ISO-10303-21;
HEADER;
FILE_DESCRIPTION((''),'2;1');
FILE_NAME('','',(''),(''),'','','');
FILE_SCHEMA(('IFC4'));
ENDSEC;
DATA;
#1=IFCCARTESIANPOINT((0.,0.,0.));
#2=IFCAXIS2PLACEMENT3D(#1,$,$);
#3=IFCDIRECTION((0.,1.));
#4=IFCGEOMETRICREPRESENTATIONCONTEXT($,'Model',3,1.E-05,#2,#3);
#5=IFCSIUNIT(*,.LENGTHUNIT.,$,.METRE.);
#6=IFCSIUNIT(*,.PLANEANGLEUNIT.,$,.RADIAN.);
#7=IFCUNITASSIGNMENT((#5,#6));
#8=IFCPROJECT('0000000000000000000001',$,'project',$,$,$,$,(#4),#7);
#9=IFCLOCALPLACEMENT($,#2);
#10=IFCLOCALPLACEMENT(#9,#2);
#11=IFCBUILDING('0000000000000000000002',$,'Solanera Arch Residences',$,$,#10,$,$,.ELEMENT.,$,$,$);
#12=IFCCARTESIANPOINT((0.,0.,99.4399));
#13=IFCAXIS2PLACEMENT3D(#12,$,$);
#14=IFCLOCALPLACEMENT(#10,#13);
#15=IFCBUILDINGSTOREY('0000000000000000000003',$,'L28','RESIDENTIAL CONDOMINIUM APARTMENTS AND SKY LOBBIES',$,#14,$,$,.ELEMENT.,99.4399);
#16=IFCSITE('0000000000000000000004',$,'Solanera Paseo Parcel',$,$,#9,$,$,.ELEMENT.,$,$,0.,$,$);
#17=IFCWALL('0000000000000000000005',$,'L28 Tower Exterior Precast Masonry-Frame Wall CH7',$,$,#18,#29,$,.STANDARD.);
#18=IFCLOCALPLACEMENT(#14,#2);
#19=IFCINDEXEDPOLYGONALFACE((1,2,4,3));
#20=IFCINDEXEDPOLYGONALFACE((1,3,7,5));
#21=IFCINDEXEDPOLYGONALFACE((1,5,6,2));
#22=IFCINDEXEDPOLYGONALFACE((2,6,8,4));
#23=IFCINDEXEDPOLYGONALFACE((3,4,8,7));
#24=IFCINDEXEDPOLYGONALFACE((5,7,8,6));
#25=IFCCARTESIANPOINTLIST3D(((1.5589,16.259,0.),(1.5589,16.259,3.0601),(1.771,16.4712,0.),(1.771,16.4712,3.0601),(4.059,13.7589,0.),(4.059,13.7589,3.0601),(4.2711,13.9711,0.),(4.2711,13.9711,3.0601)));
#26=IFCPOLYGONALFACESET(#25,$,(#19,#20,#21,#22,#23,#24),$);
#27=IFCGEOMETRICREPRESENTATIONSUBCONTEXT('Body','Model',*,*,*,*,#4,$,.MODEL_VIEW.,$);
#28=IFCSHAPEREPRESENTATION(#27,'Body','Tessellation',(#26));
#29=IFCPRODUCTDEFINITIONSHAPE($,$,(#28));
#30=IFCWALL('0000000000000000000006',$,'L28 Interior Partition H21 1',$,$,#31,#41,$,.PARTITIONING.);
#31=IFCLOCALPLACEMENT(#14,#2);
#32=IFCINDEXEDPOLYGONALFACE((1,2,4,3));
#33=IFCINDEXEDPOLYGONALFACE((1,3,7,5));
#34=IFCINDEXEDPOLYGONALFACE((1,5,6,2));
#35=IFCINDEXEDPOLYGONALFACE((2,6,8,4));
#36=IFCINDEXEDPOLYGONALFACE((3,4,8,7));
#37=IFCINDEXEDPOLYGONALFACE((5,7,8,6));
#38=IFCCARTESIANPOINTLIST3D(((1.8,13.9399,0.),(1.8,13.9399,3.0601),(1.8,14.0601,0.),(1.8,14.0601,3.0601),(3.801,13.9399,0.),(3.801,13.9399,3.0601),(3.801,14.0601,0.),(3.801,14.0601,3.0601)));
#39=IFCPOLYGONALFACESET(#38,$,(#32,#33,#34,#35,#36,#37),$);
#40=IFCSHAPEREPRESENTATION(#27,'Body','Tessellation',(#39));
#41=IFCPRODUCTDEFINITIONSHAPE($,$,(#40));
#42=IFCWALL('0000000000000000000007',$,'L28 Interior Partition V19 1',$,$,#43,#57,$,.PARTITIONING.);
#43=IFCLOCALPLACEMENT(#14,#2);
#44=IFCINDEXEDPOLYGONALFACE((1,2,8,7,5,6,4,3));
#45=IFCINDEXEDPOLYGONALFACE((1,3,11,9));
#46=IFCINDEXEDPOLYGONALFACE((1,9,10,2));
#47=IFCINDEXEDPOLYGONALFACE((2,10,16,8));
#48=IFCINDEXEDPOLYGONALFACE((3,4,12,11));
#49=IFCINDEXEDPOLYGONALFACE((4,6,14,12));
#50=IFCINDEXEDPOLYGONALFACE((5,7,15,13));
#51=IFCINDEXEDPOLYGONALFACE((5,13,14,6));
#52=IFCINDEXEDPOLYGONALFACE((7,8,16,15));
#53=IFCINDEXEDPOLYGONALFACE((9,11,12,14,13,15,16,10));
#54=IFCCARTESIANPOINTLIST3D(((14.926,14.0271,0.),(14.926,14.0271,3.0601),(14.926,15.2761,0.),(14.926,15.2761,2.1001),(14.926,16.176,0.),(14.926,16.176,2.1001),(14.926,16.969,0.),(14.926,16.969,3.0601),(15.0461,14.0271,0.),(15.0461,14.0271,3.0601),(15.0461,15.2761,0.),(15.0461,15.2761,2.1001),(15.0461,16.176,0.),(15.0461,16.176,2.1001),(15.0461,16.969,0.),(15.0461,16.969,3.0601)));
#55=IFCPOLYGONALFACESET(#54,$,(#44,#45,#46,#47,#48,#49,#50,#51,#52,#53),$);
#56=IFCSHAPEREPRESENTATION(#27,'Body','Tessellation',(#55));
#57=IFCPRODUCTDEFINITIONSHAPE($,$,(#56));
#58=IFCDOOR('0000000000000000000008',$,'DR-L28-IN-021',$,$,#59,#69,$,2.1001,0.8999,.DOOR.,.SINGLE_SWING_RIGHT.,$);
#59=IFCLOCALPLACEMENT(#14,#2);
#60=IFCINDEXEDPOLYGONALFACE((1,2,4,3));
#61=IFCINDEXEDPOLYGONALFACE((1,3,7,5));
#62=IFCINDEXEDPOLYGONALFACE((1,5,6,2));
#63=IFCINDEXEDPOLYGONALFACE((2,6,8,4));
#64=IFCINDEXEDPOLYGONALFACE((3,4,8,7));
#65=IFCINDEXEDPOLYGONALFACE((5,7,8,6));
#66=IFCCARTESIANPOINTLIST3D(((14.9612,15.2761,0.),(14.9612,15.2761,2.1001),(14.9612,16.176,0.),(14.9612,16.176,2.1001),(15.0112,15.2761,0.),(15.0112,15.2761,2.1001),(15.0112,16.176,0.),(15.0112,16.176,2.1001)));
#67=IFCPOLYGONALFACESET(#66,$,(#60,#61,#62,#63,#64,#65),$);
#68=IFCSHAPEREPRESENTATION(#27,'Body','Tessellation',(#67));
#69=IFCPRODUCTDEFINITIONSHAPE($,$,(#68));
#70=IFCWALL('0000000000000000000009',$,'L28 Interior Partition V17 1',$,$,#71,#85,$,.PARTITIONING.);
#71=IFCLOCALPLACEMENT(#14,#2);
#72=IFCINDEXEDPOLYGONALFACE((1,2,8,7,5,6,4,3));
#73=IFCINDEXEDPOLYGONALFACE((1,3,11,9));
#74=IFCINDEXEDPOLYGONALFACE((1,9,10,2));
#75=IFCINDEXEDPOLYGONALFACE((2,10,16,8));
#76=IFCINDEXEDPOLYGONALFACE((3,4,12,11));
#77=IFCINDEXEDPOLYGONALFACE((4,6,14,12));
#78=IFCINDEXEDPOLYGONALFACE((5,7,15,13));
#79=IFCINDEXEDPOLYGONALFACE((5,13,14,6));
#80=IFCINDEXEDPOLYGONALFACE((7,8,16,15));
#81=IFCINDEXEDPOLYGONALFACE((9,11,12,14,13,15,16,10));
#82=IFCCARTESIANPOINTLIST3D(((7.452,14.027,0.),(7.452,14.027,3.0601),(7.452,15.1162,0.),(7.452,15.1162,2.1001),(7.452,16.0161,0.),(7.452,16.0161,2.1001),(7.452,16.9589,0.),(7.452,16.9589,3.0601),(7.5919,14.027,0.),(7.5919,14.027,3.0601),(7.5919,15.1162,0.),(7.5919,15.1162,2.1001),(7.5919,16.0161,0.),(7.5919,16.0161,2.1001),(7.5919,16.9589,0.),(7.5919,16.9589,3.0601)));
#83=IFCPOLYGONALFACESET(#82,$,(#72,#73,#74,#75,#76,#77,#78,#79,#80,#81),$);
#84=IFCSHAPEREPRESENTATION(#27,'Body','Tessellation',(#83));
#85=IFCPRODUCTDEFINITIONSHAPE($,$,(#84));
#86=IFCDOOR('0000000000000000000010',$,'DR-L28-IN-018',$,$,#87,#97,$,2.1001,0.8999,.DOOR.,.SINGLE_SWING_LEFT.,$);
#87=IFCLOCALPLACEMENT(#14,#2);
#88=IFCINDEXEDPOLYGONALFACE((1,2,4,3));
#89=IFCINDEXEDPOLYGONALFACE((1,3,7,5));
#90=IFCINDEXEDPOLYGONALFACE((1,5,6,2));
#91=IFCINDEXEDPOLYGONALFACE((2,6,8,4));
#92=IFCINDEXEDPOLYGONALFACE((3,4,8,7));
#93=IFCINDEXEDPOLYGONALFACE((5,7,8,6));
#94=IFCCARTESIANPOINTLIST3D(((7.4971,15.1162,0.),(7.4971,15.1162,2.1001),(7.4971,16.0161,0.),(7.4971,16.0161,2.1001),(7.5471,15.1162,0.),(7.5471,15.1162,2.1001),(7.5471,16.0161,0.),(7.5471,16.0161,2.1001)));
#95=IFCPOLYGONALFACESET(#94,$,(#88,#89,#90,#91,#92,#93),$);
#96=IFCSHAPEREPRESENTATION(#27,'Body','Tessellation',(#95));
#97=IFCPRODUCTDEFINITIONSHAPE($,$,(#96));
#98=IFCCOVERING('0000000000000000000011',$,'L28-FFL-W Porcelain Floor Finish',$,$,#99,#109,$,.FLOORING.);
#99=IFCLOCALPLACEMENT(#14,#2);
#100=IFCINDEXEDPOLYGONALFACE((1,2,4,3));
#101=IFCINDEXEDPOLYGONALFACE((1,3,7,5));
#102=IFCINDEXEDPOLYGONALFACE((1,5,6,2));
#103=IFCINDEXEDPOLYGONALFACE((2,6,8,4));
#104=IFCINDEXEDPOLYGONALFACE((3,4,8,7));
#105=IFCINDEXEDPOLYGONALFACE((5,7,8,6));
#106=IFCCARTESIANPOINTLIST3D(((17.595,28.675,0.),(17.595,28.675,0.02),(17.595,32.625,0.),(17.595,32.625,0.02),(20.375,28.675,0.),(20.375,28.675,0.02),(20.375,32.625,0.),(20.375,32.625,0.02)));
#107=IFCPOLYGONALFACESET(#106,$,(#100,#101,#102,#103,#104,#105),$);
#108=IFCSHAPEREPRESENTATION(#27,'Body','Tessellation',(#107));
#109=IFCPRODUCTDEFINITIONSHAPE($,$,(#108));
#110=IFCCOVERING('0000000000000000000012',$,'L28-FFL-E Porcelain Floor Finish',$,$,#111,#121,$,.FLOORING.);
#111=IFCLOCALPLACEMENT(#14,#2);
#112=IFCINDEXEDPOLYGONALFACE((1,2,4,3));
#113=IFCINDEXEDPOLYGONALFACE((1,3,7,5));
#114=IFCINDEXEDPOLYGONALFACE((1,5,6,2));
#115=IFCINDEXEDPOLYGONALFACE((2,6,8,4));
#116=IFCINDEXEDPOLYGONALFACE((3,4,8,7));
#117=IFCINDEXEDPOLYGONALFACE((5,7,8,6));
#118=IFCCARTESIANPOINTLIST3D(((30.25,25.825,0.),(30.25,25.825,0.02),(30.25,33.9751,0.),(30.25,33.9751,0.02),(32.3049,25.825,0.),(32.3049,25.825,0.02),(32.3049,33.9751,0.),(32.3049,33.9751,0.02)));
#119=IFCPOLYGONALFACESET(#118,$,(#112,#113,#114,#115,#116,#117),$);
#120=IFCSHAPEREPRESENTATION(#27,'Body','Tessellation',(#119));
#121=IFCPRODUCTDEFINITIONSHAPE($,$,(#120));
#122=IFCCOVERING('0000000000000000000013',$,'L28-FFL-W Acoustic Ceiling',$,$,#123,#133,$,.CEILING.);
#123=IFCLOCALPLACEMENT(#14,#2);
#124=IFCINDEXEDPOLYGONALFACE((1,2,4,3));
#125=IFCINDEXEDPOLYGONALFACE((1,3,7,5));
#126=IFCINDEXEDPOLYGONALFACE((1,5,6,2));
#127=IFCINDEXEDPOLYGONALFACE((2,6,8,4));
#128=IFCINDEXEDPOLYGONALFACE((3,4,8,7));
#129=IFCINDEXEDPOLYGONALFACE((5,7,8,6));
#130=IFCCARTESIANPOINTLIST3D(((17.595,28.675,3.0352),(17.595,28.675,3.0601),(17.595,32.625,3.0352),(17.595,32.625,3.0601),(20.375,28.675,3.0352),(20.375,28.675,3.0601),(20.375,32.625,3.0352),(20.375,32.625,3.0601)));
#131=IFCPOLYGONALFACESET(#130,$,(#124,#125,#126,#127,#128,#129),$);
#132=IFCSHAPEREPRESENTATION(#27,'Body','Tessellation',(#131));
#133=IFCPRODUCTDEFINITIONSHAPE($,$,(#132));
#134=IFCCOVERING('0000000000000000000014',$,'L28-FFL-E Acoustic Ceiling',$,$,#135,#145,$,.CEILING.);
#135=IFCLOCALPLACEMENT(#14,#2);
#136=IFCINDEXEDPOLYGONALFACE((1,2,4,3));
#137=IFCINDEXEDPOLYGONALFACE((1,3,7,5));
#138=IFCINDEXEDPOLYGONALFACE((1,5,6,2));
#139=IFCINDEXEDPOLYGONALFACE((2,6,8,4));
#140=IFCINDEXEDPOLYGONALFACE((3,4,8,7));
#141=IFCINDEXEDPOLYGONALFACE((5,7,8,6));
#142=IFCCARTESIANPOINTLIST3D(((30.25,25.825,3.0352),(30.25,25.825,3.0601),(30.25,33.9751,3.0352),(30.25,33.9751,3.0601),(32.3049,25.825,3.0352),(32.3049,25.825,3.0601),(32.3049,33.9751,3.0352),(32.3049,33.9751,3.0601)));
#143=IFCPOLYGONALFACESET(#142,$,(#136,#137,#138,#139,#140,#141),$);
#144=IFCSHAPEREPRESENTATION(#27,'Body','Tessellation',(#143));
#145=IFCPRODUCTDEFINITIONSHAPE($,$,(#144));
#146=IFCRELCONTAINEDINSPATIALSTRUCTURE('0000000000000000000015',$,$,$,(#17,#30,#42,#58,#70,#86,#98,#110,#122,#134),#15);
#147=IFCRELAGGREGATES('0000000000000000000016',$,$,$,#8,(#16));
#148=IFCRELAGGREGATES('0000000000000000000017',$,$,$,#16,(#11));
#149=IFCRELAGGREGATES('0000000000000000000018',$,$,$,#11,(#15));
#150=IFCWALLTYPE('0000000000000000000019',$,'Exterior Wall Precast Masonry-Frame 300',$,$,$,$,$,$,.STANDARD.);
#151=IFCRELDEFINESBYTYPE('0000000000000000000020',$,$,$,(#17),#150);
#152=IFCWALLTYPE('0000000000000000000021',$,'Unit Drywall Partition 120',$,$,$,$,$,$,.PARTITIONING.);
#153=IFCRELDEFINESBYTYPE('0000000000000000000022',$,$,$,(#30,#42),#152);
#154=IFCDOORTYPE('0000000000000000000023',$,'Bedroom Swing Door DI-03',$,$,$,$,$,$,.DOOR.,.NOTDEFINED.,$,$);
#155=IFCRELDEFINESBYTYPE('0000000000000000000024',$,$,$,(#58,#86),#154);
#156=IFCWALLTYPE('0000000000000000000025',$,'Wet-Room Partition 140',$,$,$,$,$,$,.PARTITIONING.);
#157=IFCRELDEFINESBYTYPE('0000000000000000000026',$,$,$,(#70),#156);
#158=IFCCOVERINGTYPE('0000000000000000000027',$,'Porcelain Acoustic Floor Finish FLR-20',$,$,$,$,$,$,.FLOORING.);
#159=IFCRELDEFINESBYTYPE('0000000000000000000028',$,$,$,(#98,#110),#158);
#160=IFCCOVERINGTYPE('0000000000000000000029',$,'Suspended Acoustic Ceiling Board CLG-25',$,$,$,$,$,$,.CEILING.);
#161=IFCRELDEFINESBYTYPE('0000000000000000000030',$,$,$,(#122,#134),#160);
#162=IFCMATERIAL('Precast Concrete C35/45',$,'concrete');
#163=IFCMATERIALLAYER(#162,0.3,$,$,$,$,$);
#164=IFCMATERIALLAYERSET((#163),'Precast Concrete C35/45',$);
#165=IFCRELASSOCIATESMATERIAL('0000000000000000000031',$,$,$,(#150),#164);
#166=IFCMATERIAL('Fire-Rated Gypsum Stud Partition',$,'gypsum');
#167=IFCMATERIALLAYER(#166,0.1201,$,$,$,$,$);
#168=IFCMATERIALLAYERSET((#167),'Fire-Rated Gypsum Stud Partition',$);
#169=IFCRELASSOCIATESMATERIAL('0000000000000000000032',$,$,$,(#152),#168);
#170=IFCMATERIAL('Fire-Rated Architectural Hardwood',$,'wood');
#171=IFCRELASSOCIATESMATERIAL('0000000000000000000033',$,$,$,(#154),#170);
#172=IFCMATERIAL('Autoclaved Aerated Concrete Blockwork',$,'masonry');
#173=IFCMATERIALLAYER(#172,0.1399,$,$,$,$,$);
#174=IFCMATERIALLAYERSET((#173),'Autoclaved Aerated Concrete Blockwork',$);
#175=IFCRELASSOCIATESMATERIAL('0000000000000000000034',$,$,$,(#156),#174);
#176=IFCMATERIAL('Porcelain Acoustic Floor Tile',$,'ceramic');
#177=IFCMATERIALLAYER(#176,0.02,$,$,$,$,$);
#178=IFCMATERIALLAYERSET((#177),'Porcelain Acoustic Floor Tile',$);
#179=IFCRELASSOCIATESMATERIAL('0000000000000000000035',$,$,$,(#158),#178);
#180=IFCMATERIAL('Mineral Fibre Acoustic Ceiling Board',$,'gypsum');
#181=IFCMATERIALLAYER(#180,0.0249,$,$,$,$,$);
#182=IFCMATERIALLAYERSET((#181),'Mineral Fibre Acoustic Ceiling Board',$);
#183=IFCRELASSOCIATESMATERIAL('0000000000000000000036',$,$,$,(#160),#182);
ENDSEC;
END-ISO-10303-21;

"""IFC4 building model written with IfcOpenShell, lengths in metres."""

from ifc_helpers import new_model, si_unit, direction, frame, frame_2d, origin, place, context, subcontext, project, spatial, polyline, rectangle, outline, extrude, material, layer, layer_set, type_object, element, fill, save


model = new_model("IFC4")

# Units and contexts
model_context = context("Model", 3, precision=1e-05, world=origin(), true_north=direction((0.0, 1.0)))
body_context = subcontext(model_context, "Body", "Model", "MODEL_VIEW")
ifc_project = project(units=[si_unit("LENGTHUNIT", "METRE"), si_unit("PLANEANGLEUNIT", "RADIAN")], contexts=[model_context])

# Site, building, storey
site_placement = place(None, origin())
site = spatial("IfcSite", under=ifc_project, at=site_placement, Name="Solanera Paseo Parcel", CompositionType="ELEMENT", RefElevation=0.0)
building_placement = place(site_placement, origin())
building = spatial("IfcBuilding", under=site, at=building_placement, Name="Solanera Arch Residences", CompositionType="ELEMENT")
storey_placement = place(building_placement, frame((0.0, 0.0, 99.4399)))
storey = spatial("IfcBuildingStorey", under=building, at=storey_placement, Name="L28", Description="RESIDENTIAL CONDOMINIUM APARTMENTS AND SKY LOBBIES", CompositionType="ELEMENT", Elevation=99.4399)

# Walls
ifc_material_1 = material(Name="Precast Concrete C35/45", Category="concrete")
ifc_layer_1 = layer(ifc_material_1, 0.3)
ifc_layer_set_1 = layer_set([ifc_layer_1], Name="Precast Concrete C35/45")
wall_type_1 = type_object("IfcWallType", Name="Exterior Wall Precast Masonry-Frame 300", PredefinedType="STANDARD", material=ifc_layer_set_1)
wall_1_placement = place(storey_placement, frame((4.165, 13.865, 0.0), z_axis=(0.0, 0.0, 1.0), x_axis=(-0.707107, 0.707107, 0.0)))
element("IfcWall", 1, at=wall_1_placement, inside=storey, type_object=wall_type_1, Name="L28 Tower Exterior Precast Masonry-Frame Wall CH7", PredefinedType="STANDARD", context=body_context, shape_type="SweptSolid", body=[
    extrude(rectangle(XDim=3.5356, YDim=0.3, at=frame_2d((1.7678, 0.0))), origin(), (0.0, 0.0, 1.0), 3.0601),
])
ifc_material_2 = material(Name="Fire-Rated Gypsum Stud Partition", Category="gypsum")
ifc_layer_2 = layer(ifc_material_2, 0.1201)
ifc_layer_set_2 = layer_set([ifc_layer_2], Name="Fire-Rated Gypsum Stud Partition")
wall_type_2 = type_object("IfcWallType", Name="Unit Drywall Partition 120", PredefinedType="PARTITIONING", material=ifc_layer_set_2)
wall_2_placement = place(storey_placement, frame((1.8, 14.0, 0.0), z_axis=(0.0, 0.0, 1.0), x_axis=(1.0, 0.0, 0.0)))
element("IfcWall", 2, at=wall_2_placement, inside=storey, type_object=wall_type_2, Name="L28 Interior Partition H21 1", PredefinedType="PARTITIONING", context=body_context, shape_type="SweptSolid", body=[
    extrude(rectangle(XDim=2.001, YDim=0.1201, at=frame_2d((1.0005, 0.0))), origin(), (0.0, 0.0, 1.0), 3.0601),
])

# Walls, openings, doors
wall_3_placement = place(storey_placement, frame((14.9861, 14.0271, 0.0), z_axis=(0.0, 0.0, 1.0), x_axis=(0.0, 1.0, 0.0)))
wall_3 = element("IfcWall", 3, at=wall_3_placement, inside=storey, type_object=wall_type_2, Name="L28 Interior Partition V19 1", PredefinedType="PARTITIONING", context=body_context, shape_type="SweptSolid", body=[
    extrude(rectangle(XDim=2.9419, YDim=0.1201, at=frame_2d((1.4709, 0.0))), origin(), (0.0, 0.0, 1.0), 3.0601),
])
opening_1_placement = place(wall_3_placement, frame((1.249, 0.0, 0.0)))
opening_1 = element("IfcOpeningElement", 4, at=opening_1_placement, cuts=wall_3, PredefinedType="OPENING", context=body_context, shape_type="SweptSolid", body=[
    extrude(rectangle(XDim=0.8999, YDim=2.1001, at=frame_2d((0.45, 1.05))), frame((0.0, 0.0701, 0.0), z_axis=(0.0, -1.0, 0.0), x_axis=(1.0, 0.0, 0.0)), (0.0, 0.0, 1.0), 0.1401),
])
ifc_material_3 = material(Name="Fire-Rated Architectural Hardwood", Category="wood")
door_type = type_object("IfcDoorType", Name="Bedroom Swing Door DI-03", OperationType="NOTDEFINED", PredefinedType="DOOR", material=ifc_material_3)
door_1_placement = place(opening_1_placement, origin())
door_1 = element("IfcDoor", 5, at=door_1_placement, inside=storey, type_object=door_type, Name="DR-L28-IN-021", OperationType="SINGLE_SWING_RIGHT", OverallHeight=2.1001, OverallWidth=0.8999, PredefinedType="DOOR", context=body_context, shape_type="SweptSolid", body=[
    extrude(rectangle(XDim=0.8999, YDim=2.1001, at=frame_2d((0.45, 1.05))), frame((0.0, 0.0249, 0.0), z_axis=(0.0, -1.0, 0.0), x_axis=(1.0, 0.0, 0.0)), (0.0, 0.0, 1.0), 0.05),
])
fill(opening_1, door_1)
ifc_material_4 = material(Name="Autoclaved Aerated Concrete Blockwork", Category="masonry")
ifc_layer_3 = layer(ifc_material_4, 0.1399)
ifc_layer_set_3 = layer_set([ifc_layer_3], Name="Autoclaved Aerated Concrete Blockwork")
wall_type_3 = type_object("IfcWallType", Name="Wet-Room Partition 140", PredefinedType="PARTITIONING", material=ifc_layer_set_3)
wall_4_placement = place(storey_placement, frame((7.522, 14.0271, 0.0), z_axis=(0.0, 0.0, 1.0), x_axis=(0.0, 1.0, 0.0)))
wall_4 = element("IfcWall", 6, at=wall_4_placement, inside=storey, type_object=wall_type_3, Name="L28 Interior Partition V17 1", PredefinedType="PARTITIONING", context=body_context, shape_type="SweptSolid", body=[
    extrude(rectangle(XDim=2.9319, YDim=0.1399, at=frame_2d((1.4658, 0.0))), origin(), (0.0, 0.0, 1.0), 3.0601),
])
opening_2_placement = place(wall_4_placement, frame((1.0891, 0.0, 0.0)))
opening_2 = element("IfcOpeningElement", 7, at=opening_2_placement, cuts=wall_4, PredefinedType="OPENING", context=body_context, shape_type="SweptSolid", body=[
    extrude(rectangle(XDim=0.8999, YDim=2.1001, at=frame_2d((0.45, 1.05))), frame((0.0, 0.0798, 0.0), z_axis=(0.0, -1.0, 0.0), x_axis=(1.0, 0.0, 0.0)), (0.0, 0.0, 1.0), 0.1599),
])
door_2_placement = place(opening_2_placement, origin())
door_2 = element("IfcDoor", 8, at=door_2_placement, inside=storey, type_object=door_type, Name="DR-L28-IN-018", OperationType="SINGLE_SWING_LEFT", OverallHeight=2.1001, OverallWidth=0.8999, PredefinedType="DOOR", context=body_context, shape_type="SweptSolid", body=[
    extrude(rectangle(XDim=0.8999, YDim=2.1001, at=frame_2d((0.45, 1.05))), frame((0.0, 0.0249, 0.0), z_axis=(0.0, -1.0, 0.0), x_axis=(1.0, 0.0, 0.0)), (0.0, 0.0, 1.0), 0.05),
])
fill(opening_2, door_2)

# Coverings
ifc_material_5 = material(Name="Porcelain Acoustic Floor Tile", Category="ceramic")
ifc_layer_4 = layer(ifc_material_5, 0.02)
ifc_layer_set_4 = layer_set([ifc_layer_4], Name="Porcelain Acoustic Floor Tile")
covering_type_1 = type_object("IfcCoveringType", Name="Porcelain Acoustic Floor Finish FLR-20", PredefinedType="FLOORING", material=ifc_layer_set_4)
covering_1_placement = place(storey_placement, origin())
element("IfcCovering", 9, at=covering_1_placement, inside=storey, type_object=covering_type_1, Name="L28-FFL-W Porcelain Floor Finish", PredefinedType="FLOORING", context=body_context, shape_type="SweptSolid", body=[
    extrude(outline(polyline([(20.375, 28.675), (17.595, 28.675), (17.595, 32.625), (20.375, 32.625), (20.375, 28.675)])), origin(), (0.0, 0.0, 1.0), 0.02),
])
covering_2_placement = place(storey_placement, origin())
element("IfcCovering", 10, at=covering_2_placement, inside=storey, type_object=covering_type_1, Name="L28-FFL-E Porcelain Floor Finish", PredefinedType="FLOORING", context=body_context, shape_type="SweptSolid", body=[
    extrude(outline(polyline([(32.3049, 25.825), (30.25, 25.825), (30.25, 33.9751), (32.3049, 33.9751), (32.3049, 25.825)])), origin(), (0.0, 0.0, 1.0), 0.02),
])
ifc_material_6 = material(Name="Mineral Fibre Acoustic Ceiling Board", Category="gypsum")
ifc_layer_5 = layer(ifc_material_6, 0.0249)
ifc_layer_set_5 = layer_set([ifc_layer_5], Name="Mineral Fibre Acoustic Ceiling Board")
covering_type_2 = type_object("IfcCoveringType", Name="Suspended Acoustic Ceiling Board CLG-25", PredefinedType="CEILING", material=ifc_layer_set_5)
covering_3_placement = place(storey_placement, frame((0.0, 0.0, 3.0352)))
element("IfcCovering", 11, at=covering_3_placement, inside=storey, type_object=covering_type_2, Name="L28-FFL-W Acoustic Ceiling", PredefinedType="CEILING", context=body_context, shape_type="SweptSolid", body=[
    extrude(outline(polyline([(20.375, 28.675), (17.595, 28.675), (17.595, 32.625), (20.375, 32.625), (20.375, 28.675)])), origin(), (0.0, 0.0, 1.0), 0.0249),
])
covering_4_placement = place(storey_placement, frame((0.0, 0.0, 3.0352)))
element("IfcCovering", 12, at=covering_4_placement, inside=storey, type_object=covering_type_2, Name="L28-FFL-E Acoustic Ceiling", PredefinedType="CEILING", context=body_context, shape_type="SweptSolid", body=[
    extrude(outline(polyline([(32.3049, 25.825), (30.25, 25.825), (30.25, 33.9751), (32.3049, 33.9751), (32.3049, 25.825)])), origin(), (0.0, 0.0, 1.0), 0.0249),
])

save(model, "model.ifc")
